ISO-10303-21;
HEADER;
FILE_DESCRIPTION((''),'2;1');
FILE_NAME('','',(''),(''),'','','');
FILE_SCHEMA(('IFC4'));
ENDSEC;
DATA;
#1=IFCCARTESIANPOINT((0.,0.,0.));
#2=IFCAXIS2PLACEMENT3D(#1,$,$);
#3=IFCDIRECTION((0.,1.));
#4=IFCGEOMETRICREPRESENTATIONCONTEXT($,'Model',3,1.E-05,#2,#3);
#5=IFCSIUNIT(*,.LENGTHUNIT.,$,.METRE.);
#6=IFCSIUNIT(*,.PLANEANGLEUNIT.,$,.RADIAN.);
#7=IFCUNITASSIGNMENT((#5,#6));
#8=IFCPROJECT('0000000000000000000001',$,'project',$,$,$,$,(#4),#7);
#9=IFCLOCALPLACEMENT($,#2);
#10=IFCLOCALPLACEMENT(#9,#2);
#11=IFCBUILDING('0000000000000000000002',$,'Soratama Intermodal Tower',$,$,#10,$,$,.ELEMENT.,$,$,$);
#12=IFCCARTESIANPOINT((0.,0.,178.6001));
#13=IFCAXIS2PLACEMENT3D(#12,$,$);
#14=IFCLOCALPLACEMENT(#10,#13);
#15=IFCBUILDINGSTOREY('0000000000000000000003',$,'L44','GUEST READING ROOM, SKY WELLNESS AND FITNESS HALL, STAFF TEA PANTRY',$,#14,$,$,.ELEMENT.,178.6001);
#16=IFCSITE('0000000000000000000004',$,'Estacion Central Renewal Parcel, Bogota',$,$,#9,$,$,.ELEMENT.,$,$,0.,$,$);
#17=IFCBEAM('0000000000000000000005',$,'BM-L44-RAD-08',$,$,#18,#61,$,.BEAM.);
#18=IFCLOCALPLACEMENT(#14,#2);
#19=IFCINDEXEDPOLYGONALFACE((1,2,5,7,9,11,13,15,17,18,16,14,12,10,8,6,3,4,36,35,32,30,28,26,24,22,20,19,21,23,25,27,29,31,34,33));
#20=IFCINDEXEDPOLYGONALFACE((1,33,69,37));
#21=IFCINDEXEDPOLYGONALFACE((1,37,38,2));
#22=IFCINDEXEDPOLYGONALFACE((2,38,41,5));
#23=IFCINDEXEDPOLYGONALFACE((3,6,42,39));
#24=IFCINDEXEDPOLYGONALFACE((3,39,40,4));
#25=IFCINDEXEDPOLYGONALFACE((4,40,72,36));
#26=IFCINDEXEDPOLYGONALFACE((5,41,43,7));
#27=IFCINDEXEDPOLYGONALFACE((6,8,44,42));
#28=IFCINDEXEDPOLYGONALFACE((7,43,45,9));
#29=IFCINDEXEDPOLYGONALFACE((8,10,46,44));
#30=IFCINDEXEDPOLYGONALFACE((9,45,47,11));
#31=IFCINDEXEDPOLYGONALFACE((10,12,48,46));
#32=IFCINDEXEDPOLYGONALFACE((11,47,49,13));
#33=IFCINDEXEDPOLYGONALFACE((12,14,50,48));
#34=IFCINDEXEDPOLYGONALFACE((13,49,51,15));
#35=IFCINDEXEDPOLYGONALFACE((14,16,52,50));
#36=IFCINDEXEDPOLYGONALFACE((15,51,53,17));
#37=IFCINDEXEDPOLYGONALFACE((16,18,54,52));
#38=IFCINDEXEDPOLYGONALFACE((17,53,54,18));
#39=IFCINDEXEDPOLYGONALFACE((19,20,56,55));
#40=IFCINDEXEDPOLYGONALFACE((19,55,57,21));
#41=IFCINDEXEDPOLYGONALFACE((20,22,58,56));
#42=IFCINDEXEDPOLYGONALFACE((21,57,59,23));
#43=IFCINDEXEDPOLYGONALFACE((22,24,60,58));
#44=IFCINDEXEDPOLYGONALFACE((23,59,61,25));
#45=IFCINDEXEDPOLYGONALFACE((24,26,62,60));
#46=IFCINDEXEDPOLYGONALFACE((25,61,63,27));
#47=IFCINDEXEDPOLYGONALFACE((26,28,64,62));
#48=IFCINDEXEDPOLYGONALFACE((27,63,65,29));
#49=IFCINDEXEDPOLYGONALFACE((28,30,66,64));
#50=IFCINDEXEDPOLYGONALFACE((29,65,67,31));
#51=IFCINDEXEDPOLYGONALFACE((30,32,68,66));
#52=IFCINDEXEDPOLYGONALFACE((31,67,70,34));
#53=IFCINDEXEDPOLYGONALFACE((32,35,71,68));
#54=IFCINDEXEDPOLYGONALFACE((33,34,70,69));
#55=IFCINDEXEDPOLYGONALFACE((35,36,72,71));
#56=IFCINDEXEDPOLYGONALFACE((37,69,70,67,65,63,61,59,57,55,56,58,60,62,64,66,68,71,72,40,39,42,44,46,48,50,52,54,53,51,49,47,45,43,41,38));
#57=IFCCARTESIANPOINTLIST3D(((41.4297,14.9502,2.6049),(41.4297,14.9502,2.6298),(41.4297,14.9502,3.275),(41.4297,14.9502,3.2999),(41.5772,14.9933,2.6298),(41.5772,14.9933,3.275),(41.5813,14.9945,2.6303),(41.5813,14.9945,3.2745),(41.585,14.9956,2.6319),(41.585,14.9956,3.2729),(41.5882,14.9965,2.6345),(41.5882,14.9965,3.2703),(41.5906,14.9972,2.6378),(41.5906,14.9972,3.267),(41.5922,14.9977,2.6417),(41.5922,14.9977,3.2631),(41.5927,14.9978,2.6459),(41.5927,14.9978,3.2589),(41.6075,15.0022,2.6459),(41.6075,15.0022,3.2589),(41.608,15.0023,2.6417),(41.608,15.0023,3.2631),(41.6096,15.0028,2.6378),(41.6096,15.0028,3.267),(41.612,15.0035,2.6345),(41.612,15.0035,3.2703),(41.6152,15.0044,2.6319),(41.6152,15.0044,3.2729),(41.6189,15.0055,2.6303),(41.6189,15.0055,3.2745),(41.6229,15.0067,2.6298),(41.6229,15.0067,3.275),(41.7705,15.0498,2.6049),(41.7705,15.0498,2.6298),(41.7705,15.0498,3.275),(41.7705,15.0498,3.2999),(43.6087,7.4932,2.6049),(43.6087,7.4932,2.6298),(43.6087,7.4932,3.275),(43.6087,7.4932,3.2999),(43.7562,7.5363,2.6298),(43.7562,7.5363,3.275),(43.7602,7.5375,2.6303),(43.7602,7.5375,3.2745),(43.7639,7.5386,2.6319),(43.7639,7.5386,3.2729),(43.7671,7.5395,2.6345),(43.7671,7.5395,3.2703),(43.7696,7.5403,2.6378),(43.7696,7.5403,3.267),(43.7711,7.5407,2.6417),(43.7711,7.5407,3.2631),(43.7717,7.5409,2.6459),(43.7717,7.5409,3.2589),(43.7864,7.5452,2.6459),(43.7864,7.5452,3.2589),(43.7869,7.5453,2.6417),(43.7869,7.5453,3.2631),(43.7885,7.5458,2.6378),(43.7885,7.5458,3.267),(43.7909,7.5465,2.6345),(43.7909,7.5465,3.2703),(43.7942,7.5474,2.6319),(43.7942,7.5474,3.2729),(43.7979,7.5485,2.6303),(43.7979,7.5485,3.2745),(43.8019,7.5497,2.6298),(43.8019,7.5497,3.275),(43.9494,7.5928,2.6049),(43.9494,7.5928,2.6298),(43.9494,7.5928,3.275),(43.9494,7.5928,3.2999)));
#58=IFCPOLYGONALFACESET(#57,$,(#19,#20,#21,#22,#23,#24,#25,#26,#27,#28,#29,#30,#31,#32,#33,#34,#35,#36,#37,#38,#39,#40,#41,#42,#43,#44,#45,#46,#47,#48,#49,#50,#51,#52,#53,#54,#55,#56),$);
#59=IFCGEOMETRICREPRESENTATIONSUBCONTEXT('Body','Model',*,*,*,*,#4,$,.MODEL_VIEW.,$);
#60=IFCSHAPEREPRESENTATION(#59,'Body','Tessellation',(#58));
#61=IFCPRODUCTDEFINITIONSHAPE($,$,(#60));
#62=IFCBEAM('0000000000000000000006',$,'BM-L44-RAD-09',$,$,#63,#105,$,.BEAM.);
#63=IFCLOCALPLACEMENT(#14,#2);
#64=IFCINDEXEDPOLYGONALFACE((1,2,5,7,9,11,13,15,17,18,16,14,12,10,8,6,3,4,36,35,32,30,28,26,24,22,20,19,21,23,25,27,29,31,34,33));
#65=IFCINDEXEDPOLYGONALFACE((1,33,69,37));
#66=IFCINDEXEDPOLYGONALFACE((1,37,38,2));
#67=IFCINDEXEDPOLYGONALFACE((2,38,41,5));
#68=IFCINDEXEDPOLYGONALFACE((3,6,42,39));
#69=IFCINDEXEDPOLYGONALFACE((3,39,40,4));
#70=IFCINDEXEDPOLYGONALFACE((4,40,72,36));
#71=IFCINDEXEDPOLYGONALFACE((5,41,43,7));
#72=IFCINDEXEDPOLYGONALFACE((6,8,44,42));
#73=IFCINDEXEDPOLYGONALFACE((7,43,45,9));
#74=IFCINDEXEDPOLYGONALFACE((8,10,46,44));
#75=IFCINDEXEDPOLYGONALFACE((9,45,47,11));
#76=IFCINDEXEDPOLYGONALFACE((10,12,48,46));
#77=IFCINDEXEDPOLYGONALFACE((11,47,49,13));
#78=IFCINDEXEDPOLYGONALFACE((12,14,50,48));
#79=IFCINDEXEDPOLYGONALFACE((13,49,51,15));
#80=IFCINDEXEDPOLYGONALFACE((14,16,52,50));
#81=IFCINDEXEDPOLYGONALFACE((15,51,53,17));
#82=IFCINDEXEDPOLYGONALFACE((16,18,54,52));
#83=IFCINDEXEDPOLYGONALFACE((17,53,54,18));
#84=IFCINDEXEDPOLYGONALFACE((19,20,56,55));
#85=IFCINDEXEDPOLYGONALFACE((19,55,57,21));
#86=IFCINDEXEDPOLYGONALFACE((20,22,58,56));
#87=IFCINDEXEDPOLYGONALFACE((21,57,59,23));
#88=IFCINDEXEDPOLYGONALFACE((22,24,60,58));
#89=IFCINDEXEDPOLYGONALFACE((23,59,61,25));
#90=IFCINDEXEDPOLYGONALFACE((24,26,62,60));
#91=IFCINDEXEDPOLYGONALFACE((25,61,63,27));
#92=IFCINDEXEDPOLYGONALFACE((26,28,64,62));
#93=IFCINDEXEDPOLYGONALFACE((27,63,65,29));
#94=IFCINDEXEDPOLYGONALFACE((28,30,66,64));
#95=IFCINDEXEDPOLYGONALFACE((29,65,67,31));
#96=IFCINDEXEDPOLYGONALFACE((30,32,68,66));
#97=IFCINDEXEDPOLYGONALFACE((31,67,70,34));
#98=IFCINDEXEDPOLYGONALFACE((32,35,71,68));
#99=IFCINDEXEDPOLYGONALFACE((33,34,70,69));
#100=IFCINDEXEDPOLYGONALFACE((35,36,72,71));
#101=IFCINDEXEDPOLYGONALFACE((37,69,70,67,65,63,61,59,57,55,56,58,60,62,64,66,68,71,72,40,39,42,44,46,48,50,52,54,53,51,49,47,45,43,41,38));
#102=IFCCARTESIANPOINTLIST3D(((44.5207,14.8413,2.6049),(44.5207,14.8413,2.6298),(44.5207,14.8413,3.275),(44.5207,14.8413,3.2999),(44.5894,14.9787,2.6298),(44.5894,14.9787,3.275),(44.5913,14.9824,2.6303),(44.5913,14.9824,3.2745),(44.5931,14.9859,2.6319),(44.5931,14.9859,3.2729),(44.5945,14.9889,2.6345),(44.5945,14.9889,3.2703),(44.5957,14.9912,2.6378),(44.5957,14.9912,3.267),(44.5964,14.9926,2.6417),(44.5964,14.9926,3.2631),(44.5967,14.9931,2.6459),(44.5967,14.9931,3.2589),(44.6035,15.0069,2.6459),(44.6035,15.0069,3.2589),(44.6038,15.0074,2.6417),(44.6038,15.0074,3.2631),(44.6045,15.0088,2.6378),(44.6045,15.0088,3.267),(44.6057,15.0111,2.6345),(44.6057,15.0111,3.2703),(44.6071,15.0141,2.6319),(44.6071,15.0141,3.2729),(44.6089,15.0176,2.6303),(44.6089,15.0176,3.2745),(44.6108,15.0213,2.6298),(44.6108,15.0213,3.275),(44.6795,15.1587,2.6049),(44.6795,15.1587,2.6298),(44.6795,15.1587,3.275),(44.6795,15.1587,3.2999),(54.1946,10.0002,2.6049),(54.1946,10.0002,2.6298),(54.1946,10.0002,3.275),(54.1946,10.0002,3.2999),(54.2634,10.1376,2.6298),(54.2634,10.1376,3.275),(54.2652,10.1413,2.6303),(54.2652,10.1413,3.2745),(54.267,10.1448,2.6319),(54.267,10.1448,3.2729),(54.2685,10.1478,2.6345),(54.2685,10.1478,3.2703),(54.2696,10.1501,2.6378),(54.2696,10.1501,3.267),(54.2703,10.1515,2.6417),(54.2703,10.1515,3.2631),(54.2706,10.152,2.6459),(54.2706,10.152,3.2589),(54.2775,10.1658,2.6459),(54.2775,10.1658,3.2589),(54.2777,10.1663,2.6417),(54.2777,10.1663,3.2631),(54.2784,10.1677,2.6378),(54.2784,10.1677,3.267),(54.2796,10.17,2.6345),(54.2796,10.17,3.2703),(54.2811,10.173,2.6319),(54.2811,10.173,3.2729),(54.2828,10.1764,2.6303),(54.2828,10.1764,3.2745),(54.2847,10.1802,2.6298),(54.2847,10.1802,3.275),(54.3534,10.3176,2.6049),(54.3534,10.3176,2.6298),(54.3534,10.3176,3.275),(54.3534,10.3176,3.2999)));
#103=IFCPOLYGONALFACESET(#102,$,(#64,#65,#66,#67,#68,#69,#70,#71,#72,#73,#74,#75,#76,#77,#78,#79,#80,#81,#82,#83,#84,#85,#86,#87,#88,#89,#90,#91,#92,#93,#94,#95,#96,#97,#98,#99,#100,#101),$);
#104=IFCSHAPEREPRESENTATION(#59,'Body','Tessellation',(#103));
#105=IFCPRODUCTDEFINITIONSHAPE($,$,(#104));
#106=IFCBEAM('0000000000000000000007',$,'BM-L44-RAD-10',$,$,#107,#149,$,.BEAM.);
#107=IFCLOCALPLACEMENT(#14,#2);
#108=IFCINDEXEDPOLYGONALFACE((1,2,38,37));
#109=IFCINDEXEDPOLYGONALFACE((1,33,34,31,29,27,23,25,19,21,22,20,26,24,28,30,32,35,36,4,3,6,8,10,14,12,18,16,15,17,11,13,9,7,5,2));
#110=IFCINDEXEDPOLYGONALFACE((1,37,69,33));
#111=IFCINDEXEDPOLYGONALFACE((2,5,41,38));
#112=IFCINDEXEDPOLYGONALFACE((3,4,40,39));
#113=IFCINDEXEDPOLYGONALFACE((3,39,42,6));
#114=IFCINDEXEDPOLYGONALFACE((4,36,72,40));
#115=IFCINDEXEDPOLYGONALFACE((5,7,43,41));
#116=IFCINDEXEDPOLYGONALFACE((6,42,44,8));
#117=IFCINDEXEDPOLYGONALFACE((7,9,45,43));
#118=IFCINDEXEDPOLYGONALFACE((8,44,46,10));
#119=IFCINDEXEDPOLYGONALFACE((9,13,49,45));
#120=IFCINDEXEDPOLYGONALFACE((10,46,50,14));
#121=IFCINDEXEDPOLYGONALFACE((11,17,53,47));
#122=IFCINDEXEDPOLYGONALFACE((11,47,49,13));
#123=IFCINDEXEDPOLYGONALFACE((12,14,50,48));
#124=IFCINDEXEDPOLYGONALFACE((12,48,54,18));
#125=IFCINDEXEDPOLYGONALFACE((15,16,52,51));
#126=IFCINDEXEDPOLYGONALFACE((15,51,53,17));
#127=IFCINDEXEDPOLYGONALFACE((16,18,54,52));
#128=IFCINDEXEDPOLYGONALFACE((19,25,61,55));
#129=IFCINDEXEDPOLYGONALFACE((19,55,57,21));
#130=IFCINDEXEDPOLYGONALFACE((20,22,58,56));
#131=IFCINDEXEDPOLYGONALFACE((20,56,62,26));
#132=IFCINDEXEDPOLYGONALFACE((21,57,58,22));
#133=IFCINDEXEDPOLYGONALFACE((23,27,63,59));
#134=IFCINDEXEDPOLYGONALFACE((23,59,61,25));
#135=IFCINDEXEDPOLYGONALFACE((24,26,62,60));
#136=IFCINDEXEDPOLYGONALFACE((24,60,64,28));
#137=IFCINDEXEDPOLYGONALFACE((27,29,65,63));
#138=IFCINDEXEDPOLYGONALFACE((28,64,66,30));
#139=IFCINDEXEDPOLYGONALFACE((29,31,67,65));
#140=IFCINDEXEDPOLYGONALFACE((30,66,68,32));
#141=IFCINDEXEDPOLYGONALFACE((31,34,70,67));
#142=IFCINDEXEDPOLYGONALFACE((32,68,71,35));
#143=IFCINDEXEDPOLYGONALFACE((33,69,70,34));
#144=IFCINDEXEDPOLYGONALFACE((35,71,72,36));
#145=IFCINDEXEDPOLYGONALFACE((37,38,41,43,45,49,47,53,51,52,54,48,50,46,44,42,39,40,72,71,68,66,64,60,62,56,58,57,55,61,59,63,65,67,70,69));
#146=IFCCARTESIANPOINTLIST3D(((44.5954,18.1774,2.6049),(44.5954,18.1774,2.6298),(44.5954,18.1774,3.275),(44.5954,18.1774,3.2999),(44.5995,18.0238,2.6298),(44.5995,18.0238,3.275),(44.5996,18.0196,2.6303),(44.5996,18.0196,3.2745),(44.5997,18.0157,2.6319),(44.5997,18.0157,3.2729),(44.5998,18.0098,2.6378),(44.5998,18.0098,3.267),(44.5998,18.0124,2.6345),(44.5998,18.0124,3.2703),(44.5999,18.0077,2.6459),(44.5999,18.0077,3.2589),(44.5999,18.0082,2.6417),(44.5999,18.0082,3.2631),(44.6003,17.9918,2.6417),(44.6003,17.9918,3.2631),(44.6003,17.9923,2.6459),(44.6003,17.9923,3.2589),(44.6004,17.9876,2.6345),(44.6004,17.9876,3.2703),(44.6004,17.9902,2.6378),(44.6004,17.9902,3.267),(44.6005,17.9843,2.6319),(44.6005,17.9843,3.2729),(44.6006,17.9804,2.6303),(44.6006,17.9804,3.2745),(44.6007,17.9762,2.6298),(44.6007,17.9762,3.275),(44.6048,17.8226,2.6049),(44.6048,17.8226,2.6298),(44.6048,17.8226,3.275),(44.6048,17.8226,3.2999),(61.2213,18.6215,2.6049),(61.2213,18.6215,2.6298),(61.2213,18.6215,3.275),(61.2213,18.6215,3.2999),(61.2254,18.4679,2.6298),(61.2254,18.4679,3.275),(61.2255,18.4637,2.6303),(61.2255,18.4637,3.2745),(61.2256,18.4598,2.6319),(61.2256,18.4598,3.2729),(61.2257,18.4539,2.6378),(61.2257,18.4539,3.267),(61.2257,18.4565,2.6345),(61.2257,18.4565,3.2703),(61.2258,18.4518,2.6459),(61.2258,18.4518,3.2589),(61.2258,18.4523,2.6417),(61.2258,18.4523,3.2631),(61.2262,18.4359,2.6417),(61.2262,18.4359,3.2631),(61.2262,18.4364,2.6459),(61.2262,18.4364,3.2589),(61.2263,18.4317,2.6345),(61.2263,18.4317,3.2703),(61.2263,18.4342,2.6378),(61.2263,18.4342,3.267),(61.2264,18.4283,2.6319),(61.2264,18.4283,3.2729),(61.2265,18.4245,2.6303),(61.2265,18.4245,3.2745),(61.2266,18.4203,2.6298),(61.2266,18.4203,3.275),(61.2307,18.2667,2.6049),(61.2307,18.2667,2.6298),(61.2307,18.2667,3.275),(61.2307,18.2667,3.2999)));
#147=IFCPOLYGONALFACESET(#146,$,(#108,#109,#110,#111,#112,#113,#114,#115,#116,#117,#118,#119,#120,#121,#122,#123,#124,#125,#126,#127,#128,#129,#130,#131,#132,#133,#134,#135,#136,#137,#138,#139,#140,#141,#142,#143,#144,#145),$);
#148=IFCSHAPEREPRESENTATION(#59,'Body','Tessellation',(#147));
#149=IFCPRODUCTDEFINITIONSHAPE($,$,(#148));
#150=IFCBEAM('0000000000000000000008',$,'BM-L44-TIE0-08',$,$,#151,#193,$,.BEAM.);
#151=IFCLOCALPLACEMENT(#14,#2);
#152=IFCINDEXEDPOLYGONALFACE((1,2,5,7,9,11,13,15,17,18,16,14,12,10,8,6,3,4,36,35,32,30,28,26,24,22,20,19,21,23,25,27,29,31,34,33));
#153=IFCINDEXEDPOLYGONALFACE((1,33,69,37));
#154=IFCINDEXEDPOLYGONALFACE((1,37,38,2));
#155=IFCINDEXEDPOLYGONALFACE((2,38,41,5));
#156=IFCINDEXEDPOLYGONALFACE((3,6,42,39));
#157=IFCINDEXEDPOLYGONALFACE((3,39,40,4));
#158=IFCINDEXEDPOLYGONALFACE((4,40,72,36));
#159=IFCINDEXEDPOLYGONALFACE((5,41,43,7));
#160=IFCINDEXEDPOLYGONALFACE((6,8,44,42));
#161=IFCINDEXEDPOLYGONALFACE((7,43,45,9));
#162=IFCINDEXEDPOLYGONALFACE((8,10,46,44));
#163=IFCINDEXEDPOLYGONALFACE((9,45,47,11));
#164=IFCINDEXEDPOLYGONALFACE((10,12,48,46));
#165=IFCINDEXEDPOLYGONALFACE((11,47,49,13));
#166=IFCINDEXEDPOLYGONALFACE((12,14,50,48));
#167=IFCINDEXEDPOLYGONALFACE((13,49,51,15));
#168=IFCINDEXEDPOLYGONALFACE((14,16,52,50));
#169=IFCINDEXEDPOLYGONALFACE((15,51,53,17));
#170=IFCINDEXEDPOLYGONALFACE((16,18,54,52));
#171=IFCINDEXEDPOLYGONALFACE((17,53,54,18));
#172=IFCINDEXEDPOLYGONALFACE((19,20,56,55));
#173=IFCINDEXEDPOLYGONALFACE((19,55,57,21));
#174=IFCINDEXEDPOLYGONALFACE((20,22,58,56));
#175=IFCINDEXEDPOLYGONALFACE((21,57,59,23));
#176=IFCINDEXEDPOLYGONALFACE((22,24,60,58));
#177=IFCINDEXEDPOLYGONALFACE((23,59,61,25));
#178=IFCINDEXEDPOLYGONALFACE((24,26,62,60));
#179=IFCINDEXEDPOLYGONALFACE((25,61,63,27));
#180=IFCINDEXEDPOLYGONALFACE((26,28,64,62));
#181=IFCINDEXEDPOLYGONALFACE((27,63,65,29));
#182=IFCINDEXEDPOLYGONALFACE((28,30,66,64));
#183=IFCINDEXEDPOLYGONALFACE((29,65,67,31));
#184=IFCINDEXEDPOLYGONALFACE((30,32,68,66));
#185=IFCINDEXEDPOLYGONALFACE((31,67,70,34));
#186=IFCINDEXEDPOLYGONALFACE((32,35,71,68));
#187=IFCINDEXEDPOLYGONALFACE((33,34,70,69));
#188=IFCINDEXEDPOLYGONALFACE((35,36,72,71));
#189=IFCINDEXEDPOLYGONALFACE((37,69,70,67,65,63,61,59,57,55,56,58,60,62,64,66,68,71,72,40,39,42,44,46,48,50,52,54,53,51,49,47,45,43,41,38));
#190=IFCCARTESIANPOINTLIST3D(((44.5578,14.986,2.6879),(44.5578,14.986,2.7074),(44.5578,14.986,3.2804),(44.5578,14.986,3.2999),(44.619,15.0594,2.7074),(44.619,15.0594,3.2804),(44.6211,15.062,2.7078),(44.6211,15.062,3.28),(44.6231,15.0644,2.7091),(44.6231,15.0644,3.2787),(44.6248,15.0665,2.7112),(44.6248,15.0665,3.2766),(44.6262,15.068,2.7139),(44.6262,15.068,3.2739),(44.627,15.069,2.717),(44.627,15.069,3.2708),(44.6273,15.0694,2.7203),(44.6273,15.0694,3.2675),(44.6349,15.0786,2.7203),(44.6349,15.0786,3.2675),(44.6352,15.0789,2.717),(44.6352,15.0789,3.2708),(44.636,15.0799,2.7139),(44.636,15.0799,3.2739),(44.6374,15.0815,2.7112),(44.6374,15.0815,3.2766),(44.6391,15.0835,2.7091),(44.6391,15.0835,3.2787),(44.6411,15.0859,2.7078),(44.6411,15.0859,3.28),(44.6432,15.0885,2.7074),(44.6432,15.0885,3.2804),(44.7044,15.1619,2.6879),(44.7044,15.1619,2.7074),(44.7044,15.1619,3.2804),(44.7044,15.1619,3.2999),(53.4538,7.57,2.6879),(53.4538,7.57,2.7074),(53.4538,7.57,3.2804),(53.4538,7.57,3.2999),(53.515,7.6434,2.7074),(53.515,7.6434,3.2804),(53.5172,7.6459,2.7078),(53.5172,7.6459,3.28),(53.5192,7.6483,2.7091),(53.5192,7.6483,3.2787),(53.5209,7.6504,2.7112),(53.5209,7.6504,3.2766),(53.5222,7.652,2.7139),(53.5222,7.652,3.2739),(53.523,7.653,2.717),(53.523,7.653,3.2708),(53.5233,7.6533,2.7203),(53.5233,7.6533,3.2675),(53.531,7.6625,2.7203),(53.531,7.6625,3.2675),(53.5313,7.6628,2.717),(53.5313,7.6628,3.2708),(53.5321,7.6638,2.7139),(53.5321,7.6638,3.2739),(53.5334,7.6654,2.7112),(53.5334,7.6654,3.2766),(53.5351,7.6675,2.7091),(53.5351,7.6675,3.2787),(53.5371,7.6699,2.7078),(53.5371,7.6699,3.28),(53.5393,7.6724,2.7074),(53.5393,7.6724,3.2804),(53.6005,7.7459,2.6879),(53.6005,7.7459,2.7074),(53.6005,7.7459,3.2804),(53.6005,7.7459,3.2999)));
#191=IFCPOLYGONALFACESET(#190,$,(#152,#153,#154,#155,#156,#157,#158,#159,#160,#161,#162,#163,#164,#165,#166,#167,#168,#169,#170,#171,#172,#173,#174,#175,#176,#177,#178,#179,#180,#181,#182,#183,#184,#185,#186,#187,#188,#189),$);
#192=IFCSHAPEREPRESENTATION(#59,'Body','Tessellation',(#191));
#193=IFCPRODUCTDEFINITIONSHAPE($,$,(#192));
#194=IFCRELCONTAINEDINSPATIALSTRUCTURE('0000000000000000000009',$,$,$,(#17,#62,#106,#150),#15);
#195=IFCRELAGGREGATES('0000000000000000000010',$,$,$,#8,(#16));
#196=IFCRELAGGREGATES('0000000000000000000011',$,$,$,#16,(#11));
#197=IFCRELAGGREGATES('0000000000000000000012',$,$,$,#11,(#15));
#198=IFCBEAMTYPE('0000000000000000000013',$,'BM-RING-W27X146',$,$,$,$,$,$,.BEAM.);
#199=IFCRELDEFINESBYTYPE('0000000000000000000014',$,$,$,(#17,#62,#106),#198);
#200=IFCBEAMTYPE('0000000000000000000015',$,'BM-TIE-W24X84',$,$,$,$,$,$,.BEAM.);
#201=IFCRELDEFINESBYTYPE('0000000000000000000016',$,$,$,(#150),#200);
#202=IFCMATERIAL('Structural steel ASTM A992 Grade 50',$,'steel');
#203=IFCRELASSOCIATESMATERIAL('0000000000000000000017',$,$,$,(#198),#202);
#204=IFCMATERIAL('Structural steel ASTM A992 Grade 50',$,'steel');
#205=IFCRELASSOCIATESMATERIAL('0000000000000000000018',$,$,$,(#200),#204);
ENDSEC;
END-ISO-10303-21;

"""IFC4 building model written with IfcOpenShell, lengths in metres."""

from ifc_helpers import new_model, si_unit, direction, frame, origin, origin_2d, place, context, subcontext, project, spatial, i_section, extrude, material, material_profile, profile_set, type_object, element, save


model = new_model("IFC4")

# Units and contexts
model_context = context("Model", 3, precision=1e-05, world=origin(), true_north=direction((0.0, 1.0)))
body_context = subcontext(model_context, "Body", "Model", "MODEL_VIEW")
ifc_project = project(units=[si_unit("LENGTHUNIT", "METRE"), si_unit("PLANEANGLEUNIT", "RADIAN")], contexts=[model_context])

# Site, building, storey
site_placement = place(None, origin())
site = spatial("IfcSite", under=ifc_project, at=site_placement, Name="Estacion Central Renewal Parcel, Bogota", CompositionType="ELEMENT", RefElevation=0.0)
building_placement = place(site_placement, origin())
building = spatial("IfcBuilding", under=site, at=building_placement, Name="Soratama Intermodal Tower", CompositionType="ELEMENT")
storey_placement = place(building_placement, frame((0.0, 0.0, 178.6001)))
storey = spatial("IfcBuildingStorey", under=building, at=storey_placement, Name="L44", Description="GUEST READING ROOM, SKY WELLNESS AND FITNESS HALL, STAFF TEA PANTRY", CompositionType="ELEMENT", Elevation=178.6001)

# Beams
ifc_material_1 = material(Name="Structural steel ASTM A992 Grade 50", Category="steel")
ifc_material_profile_1 = material_profile(ifc_material_1, i_section(OverallWidth=0.355, OverallDepth=0.6951, WebThickness=0.0154, FlangeThickness=0.0249, FilletRadius=0.0161, at=origin_2d()), Name="W27X146")
ifc_profile_set_1 = profile_set([ifc_material_profile_1], Name="Structural steel ASTM A992 Grade 50")
beam_type_1 = type_object("IfcBeamType", Name="BM-RING-W27X146", PredefinedType="BEAM", material=ifc_profile_set_1)
beam_1_placement = place(storey_placement, frame((41.6001, 15.0, 2.9524), z_axis=(0.280473, -0.959862, 0.0), x_axis=(0.959862, 0.280473, 0.0)))
element("IfcBeam", 1, at=beam_1_placement, inside=storey, type_object=beam_type_1, Name="BM-L44-RAD-08", PredefinedType="BEAM", context=body_context, shape_type="SweptSolid", body=[
    extrude(i_section(OverallWidth=0.355, OverallDepth=0.6951, WebThickness=0.0154, FlangeThickness=0.0249, FilletRadius=0.0161, at=origin_2d()), origin(), (0.0, 0.0, 1.0), 7.7688),
])
beam_2_placement = place(storey_placement, frame((44.6001, 15.0, 2.9524), z_axis=(0.894274, -0.447521, 0.0), x_axis=(0.447521, 0.894274, 0.0)))
element("IfcBeam", 2, at=beam_2_placement, inside=storey, type_object=beam_type_1, Name="BM-L44-RAD-09", PredefinedType="BEAM", context=body_context, shape_type="SweptSolid", body=[
    extrude(i_section(OverallWidth=0.355, OverallDepth=0.6951, WebThickness=0.0154, FlangeThickness=0.0249, FilletRadius=0.0161, at=origin_2d()), origin(), (0.0, 0.0, 1.0), 10.8176),
])
beam_3_placement = place(storey_placement, frame((44.6001, 18.0, 2.9524), z_axis=(0.999643, 0.026701, 0.0), x_axis=(-0.026701, 0.999643, 0.0)))
element("IfcBeam", 3, at=beam_3_placement, inside=storey, type_object=beam_type_1, Name="BM-L44-RAD-10", PredefinedType="BEAM", context=body_context, shape_type="SweptSolid", body=[
    extrude(i_section(OverallWidth=0.355, OverallDepth=0.6951, WebThickness=0.0154, FlangeThickness=0.0249, FilletRadius=0.0161, at=origin_2d()), origin(), (0.0, 0.0, 1.0), 16.6318),
])
ifc_material_2 = material(Name="Structural steel ASTM A992 Grade 50", Category="steel")
ifc_material_profile_2 = material_profile(ifc_material_2, i_section(OverallWidth=0.229, OverallDepth=0.6121, WebThickness=0.012, FlangeThickness=0.0195, FilletRadius=0.0129, at=origin_2d()), Name="W24X84")
ifc_profile_set_2 = profile_set([ifc_material_profile_2], Name="Structural steel ASTM A992 Grade 50")
beam_type_2 = type_object("IfcBeamType", Name="BM-TIE-W24X84", PredefinedType="BEAM", material=ifc_profile_set_2)
beam_4_placement = place(storey_placement, frame((44.6311, 15.074, 2.9939), z_axis=(0.768107, -0.640321, 0.0), x_axis=(0.640321, 0.768107, 0.0)))
element("IfcBeam", 4, at=beam_4_placement, inside=storey, type_object=beam_type_2, Name="BM-L44-TIE0-08", PredefinedType="BEAM", context=body_context, shape_type="SweptSolid", body=[
    extrude(i_section(OverallWidth=0.229, OverallDepth=0.6121, WebThickness=0.012, FlangeThickness=0.0195, FilletRadius=0.0129, at=origin_2d()), origin(), (0.0, 0.0, 1.0), 11.5818),
])

save(model, "model.ifc")
